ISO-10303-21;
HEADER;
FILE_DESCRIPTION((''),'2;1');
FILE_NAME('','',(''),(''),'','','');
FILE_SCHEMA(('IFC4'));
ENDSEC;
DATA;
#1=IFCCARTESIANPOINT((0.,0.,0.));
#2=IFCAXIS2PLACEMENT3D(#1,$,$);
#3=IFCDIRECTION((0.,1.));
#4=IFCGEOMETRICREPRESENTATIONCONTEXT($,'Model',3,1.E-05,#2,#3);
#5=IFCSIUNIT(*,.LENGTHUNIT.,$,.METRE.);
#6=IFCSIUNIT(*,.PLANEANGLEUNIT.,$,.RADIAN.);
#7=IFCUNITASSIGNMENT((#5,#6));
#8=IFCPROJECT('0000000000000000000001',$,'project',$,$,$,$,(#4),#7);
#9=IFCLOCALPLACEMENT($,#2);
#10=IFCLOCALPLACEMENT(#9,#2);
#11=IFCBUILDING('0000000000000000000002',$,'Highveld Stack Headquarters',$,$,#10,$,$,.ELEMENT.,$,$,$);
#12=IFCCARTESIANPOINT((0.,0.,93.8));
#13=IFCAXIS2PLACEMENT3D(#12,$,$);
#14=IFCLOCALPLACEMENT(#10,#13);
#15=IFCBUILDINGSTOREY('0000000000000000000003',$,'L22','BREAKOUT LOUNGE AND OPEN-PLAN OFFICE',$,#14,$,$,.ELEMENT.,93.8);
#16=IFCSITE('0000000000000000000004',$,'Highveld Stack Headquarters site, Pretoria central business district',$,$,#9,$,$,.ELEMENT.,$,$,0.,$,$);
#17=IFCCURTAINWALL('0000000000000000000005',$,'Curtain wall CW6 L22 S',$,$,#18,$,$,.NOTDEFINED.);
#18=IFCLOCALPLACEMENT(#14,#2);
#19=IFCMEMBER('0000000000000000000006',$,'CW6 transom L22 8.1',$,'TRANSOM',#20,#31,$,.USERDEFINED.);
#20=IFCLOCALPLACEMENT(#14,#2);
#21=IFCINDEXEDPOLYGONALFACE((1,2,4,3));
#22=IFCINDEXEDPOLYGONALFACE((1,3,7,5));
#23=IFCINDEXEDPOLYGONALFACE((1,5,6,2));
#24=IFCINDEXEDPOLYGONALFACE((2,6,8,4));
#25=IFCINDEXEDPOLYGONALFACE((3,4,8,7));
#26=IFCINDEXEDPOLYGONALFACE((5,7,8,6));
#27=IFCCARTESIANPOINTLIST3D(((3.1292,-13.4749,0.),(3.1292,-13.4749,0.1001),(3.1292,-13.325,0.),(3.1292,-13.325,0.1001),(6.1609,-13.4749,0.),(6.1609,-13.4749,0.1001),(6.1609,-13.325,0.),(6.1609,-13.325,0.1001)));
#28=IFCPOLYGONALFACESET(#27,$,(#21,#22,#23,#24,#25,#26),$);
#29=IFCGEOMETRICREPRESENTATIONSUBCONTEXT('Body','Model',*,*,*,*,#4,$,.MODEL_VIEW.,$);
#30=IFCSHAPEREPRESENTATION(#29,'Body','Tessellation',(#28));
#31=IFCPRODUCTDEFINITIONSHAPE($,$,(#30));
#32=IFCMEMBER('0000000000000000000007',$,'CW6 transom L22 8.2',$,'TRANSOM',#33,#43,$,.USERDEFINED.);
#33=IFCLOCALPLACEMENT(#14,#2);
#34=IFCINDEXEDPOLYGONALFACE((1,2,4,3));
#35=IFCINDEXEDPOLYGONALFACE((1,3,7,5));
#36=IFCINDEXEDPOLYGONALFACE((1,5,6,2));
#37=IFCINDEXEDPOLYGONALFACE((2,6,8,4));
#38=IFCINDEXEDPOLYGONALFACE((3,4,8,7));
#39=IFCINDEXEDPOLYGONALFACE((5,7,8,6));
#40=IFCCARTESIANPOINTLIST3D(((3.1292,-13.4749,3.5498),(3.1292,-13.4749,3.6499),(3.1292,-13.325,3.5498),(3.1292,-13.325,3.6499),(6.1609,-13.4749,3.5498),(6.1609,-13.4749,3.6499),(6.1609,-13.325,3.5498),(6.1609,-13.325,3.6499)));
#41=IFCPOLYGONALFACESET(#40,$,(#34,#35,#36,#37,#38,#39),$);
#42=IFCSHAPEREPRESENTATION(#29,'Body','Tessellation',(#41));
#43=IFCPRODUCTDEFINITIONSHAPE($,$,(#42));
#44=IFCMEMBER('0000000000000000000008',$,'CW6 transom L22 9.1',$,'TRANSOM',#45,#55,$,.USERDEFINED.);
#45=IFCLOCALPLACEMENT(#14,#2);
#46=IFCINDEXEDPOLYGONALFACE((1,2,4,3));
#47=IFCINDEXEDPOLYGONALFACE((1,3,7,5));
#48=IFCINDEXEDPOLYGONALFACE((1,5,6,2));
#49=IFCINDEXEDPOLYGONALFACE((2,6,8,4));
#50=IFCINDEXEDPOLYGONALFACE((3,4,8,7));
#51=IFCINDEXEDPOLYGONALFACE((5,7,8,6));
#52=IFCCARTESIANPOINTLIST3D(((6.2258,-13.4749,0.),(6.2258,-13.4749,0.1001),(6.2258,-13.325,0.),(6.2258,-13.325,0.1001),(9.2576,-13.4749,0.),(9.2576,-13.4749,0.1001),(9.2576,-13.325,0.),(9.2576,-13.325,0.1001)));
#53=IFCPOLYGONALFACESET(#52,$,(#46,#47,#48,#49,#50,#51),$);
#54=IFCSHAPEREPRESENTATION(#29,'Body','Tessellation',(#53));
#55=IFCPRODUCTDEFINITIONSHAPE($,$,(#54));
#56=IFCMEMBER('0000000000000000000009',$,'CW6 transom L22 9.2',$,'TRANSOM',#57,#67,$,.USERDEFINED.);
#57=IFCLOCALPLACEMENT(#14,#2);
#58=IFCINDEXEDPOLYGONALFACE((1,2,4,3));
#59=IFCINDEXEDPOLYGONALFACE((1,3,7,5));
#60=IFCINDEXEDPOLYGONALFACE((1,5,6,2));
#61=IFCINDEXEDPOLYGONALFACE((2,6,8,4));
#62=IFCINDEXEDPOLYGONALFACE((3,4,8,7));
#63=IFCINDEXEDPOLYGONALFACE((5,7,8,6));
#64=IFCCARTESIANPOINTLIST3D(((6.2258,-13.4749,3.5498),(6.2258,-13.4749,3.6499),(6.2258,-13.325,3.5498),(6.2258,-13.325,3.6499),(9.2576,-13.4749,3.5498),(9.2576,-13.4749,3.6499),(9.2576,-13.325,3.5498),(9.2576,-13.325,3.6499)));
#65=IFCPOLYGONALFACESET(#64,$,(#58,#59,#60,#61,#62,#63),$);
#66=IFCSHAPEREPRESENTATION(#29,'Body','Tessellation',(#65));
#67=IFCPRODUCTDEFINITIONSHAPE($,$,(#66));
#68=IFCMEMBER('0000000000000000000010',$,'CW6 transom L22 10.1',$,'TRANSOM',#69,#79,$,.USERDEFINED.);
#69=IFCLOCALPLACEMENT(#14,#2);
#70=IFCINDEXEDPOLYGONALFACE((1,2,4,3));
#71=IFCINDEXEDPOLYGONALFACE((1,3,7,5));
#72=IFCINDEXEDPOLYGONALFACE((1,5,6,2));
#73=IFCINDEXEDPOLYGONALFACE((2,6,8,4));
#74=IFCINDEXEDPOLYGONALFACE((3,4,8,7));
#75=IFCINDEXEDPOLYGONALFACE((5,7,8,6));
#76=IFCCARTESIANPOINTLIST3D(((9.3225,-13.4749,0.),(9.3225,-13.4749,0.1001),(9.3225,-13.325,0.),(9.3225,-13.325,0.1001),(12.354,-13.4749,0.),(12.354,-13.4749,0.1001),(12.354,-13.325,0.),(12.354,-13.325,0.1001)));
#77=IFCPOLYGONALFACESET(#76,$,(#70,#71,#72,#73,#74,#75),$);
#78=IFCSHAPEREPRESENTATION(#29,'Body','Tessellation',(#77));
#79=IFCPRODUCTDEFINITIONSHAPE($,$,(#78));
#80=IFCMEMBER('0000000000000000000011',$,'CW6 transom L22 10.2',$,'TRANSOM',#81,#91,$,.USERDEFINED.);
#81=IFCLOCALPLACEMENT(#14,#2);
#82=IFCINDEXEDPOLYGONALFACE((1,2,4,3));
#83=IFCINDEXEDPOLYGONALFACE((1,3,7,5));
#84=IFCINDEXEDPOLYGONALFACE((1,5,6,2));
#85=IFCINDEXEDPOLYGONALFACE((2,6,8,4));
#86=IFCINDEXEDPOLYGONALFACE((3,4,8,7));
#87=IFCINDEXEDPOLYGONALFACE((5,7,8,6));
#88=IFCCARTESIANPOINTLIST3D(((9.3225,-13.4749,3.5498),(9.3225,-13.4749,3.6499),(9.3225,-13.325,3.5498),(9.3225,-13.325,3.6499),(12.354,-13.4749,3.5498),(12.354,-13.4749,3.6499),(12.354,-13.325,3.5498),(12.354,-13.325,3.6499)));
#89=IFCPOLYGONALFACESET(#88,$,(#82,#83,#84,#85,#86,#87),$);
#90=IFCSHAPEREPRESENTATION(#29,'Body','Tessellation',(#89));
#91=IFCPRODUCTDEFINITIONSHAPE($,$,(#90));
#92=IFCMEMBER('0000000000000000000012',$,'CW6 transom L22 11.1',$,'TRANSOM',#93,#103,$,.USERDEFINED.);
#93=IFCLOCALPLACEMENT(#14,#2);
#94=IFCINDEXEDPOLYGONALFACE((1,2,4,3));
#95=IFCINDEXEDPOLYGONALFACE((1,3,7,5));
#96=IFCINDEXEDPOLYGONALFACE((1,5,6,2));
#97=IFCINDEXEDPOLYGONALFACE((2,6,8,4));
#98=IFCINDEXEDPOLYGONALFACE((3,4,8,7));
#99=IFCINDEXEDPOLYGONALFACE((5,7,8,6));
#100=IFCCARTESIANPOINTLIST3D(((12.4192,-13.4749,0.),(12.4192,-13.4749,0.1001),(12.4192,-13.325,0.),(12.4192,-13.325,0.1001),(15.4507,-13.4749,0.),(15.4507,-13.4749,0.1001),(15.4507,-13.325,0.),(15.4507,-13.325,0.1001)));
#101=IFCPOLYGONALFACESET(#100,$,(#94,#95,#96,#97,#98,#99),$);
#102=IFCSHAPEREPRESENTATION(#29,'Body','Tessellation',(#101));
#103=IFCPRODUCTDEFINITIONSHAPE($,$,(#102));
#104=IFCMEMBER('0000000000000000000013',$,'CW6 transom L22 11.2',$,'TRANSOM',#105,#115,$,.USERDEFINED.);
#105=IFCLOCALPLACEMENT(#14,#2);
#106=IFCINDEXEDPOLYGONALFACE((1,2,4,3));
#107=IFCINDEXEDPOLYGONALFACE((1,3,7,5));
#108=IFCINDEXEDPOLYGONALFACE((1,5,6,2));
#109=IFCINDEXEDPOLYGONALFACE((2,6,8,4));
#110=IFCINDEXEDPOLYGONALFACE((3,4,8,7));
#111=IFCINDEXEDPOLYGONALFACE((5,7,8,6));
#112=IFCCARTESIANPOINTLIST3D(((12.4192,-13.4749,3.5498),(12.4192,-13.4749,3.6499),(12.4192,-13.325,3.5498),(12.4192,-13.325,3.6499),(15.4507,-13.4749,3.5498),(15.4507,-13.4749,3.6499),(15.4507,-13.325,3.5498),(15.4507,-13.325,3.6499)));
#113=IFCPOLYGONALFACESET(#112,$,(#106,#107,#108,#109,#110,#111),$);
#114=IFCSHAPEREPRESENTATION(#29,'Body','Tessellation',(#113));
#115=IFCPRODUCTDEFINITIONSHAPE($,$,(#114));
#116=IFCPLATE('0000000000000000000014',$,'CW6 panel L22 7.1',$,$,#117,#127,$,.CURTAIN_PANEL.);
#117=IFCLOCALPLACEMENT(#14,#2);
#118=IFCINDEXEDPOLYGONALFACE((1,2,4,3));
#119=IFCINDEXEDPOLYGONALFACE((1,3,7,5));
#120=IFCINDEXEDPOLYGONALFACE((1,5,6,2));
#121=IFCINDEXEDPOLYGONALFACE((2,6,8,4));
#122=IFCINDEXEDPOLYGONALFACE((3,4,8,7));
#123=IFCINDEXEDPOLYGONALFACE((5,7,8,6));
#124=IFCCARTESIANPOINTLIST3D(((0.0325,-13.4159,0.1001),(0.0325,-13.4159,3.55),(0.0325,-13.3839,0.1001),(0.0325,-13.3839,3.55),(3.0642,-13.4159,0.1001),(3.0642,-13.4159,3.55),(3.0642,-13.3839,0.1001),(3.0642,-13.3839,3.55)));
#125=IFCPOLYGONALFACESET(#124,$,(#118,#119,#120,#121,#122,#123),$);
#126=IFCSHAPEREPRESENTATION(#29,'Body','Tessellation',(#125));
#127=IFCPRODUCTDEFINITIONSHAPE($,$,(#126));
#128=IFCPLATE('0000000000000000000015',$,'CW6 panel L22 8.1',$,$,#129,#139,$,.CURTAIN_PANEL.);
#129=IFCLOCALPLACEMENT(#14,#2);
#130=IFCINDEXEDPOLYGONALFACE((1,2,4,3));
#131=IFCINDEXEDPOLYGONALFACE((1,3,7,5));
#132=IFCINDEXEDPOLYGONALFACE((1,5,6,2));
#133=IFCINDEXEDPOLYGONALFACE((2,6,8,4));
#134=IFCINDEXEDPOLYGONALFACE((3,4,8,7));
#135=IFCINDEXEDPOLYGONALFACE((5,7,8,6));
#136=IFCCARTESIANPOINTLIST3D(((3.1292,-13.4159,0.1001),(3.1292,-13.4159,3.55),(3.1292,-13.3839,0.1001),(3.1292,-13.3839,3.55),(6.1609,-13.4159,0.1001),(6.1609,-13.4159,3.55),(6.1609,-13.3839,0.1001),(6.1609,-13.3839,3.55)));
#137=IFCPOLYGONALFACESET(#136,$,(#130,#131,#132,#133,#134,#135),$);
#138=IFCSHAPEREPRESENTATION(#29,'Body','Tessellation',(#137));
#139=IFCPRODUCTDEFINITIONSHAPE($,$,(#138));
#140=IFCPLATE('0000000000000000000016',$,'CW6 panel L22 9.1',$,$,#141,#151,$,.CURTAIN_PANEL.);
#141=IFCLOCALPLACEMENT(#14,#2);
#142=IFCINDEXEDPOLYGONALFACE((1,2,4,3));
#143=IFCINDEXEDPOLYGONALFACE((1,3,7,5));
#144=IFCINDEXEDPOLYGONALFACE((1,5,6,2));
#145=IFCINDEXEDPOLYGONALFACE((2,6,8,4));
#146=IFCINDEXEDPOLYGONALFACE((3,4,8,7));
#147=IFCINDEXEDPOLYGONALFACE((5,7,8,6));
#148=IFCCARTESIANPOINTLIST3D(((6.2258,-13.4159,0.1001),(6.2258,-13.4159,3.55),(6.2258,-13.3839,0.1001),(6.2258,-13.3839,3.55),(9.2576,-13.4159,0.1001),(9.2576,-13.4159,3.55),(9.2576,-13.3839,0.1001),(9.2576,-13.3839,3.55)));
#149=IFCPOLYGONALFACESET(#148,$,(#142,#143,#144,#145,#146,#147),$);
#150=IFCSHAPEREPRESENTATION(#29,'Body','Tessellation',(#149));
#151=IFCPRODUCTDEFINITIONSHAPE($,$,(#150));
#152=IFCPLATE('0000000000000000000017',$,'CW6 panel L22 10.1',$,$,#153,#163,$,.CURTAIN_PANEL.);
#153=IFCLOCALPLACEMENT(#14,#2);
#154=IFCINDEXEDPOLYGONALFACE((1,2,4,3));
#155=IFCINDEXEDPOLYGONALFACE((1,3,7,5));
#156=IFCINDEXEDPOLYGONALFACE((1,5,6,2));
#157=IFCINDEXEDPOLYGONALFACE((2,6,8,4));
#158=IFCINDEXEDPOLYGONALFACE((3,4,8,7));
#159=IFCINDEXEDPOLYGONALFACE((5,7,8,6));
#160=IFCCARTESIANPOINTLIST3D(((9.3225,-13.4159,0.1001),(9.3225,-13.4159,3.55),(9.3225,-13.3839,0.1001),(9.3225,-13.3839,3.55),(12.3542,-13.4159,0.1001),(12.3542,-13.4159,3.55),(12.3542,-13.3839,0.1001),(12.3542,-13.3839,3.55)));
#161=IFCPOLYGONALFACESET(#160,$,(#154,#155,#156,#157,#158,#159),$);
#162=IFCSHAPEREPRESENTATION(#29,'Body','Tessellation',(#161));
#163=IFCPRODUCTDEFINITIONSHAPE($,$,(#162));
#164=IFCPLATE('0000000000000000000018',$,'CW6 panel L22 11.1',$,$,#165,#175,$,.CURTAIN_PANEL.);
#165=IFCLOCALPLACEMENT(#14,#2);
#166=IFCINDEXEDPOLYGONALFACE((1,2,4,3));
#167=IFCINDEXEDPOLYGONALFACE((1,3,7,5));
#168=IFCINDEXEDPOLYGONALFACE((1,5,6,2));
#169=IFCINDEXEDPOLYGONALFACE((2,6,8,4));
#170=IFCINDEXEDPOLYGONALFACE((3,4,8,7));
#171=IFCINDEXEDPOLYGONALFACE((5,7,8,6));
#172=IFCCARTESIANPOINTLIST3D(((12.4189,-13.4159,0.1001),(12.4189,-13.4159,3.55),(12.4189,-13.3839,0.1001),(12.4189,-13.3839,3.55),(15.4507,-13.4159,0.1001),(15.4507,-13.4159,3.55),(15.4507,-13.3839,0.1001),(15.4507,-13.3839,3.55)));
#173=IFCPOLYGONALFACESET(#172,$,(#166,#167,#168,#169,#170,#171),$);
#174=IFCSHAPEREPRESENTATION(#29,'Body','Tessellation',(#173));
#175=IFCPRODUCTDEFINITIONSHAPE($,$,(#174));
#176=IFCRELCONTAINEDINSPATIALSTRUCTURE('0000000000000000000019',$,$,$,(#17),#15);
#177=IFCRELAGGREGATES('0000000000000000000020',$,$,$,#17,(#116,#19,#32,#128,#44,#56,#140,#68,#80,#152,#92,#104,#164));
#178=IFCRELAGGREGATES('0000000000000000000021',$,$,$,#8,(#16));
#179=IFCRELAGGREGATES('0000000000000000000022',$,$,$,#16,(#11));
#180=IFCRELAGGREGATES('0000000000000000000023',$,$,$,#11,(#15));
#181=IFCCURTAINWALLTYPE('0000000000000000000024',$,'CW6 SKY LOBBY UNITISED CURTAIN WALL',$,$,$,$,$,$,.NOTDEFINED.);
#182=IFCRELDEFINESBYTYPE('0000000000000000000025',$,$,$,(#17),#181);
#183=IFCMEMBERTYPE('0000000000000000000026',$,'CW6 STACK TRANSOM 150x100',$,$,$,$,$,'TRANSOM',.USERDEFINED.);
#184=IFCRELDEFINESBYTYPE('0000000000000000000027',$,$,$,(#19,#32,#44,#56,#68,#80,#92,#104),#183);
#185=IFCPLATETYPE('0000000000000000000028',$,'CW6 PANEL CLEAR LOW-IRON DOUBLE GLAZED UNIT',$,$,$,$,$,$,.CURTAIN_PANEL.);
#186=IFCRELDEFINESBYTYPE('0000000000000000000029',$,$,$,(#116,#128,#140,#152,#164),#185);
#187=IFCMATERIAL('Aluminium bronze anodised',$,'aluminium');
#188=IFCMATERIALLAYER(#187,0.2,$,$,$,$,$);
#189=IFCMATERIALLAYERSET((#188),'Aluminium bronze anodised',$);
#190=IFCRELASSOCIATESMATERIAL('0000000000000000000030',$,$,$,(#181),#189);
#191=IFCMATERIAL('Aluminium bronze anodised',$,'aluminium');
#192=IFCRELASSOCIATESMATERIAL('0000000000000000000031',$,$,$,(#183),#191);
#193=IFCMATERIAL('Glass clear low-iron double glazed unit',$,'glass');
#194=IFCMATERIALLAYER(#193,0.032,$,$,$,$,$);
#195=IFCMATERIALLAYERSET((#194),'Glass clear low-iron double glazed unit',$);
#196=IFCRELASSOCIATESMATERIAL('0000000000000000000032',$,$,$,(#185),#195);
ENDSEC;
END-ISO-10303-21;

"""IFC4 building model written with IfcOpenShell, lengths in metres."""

from ifc_helpers import new_model, si_unit, direction, frame, origin, origin_2d, place, context, subcontext, project, spatial, rectangle, extrude, material, layer, layer_set, material_profile, profile_set, type_object, element, aggregate, save


model = new_model("IFC4")

# Units and contexts
model_context = context("Model", 3, precision=1e-05, world=origin(), true_north=direction((0.0, 1.0)))
body_context = subcontext(model_context, "Body", "Model", "MODEL_VIEW")
ifc_project = project(units=[si_unit("LENGTHUNIT", "METRE"), si_unit("PLANEANGLEUNIT", "RADIAN")], contexts=[model_context])

# Site, building, storey
site_placement = place(None, origin())
site = spatial("IfcSite", under=ifc_project, at=site_placement, Name="Highveld Stack Headquarters site, Pretoria central business district", CompositionType="ELEMENT", RefElevation=0.0)
building_placement = place(site_placement, origin())
building = spatial("IfcBuilding", under=site, at=building_placement, Name="Highveld Stack Headquarters", CompositionType="ELEMENT")
storey_placement = place(building_placement, frame((0.0, 0.0, 93.8)))
storey = spatial("IfcBuildingStorey", under=building, at=storey_placement, Name="L22", Description="BREAKOUT LOUNGE AND OPEN-PLAN OFFICE", CompositionType="ELEMENT", Elevation=93.8)

# Curtain wall, members, plates
ifc_material_1 = material(Name="Aluminium bronze anodised", Category="aluminium")
ifc_layer_1 = layer(ifc_material_1, 0.2)
ifc_layer_set_1 = layer_set([ifc_layer_1], Name="Aluminium bronze anodised")
curtain_wall_type = type_object("IfcCurtainWallType", Name="CW6 SKY LOBBY UNITISED CURTAIN WALL", PredefinedType="NOTDEFINED", material=ifc_layer_set_1)
curtain_wall_placement = place(storey_placement, origin())
curtain_wall = element("IfcCurtainWall", 1, at=curtain_wall_placement, inside=storey, type_object=curtain_wall_type, Name="Curtain wall CW6 L22 S", PredefinedType="NOTDEFINED")
ifc_material_2 = material(Name="Aluminium bronze anodised", Category="aluminium")
ifc_material_profile_1 = material_profile(ifc_material_2, rectangle(XDim=0.1499, YDim=0.1001, at=origin_2d()), Name="CW6 TRANSOM 150x100")
ifc_profile_set_1 = profile_set([ifc_material_profile_1], Name="Aluminium bronze anodised")
member_type_1 = type_object("IfcMemberType", Name="CW6 STACK TRANSOM 150x100", ElementType="TRANSOM", PredefinedType="USERDEFINED", material=ifc_profile_set_1)
member_1_placement = place(storey_placement, frame((3.1292, -13.3999, 0.05), z_axis=(1.0, 0.0, 0.0), x_axis=(0.0, 1.0, 0.0)))
member_1 = element("IfcMember", 2, at=member_1_placement, type_object=member_type_1, Name="CW6 transom L22 8.1", ObjectType="TRANSOM", PredefinedType="USERDEFINED", context=body_context, shape_type="SweptSolid", body=[
    extrude(rectangle(XDim=0.1499, YDim=0.1001, at=origin_2d()), origin(), (0.0, 0.0, 1.0), 3.0317),
])
member_2_placement = place(storey_placement, frame((3.1292, -13.3999, 3.5999), z_axis=(1.0, 0.0, 0.0), x_axis=(0.0, 1.0, 0.0)))
member_2 = element("IfcMember", 3, at=member_2_placement, type_object=member_type_1, Name="CW6 transom L22 8.2", ObjectType="TRANSOM", PredefinedType="USERDEFINED", context=body_context, shape_type="SweptSolid", body=[
    extrude(rectangle(XDim=0.1499, YDim=0.1001, at=origin_2d()), origin(), (0.0, 0.0, 1.0), 3.0317),
])
member_3_placement = place(storey_placement, frame((6.2258, -13.3999, 0.05), z_axis=(1.0, 0.0, 0.0), x_axis=(0.0, 1.0, 0.0)))
member_3 = element("IfcMember", 4, at=member_3_placement, type_object=member_type_1, Name="CW6 transom L22 9.1", ObjectType="TRANSOM", PredefinedType="USERDEFINED", context=body_context, shape_type="SweptSolid", body=[
    extrude(rectangle(XDim=0.1499, YDim=0.1001, at=origin_2d()), origin(), (0.0, 0.0, 1.0), 3.0317),
])
member_4_placement = place(storey_placement, frame((6.2258, -13.3999, 3.5999), z_axis=(1.0, 0.0, 0.0), x_axis=(0.0, 1.0, 0.0)))
member_4 = element("IfcMember", 5, at=member_4_placement, type_object=member_type_1, Name="CW6 transom L22 9.2", ObjectType="TRANSOM", PredefinedType="USERDEFINED", context=body_context, shape_type="SweptSolid", body=[
    extrude(rectangle(XDim=0.1499, YDim=0.1001, at=origin_2d()), origin(), (0.0, 0.0, 1.0), 3.0317),
])
member_5_placement = place(storey_placement, frame((9.3225, -13.3999, 0.05), z_axis=(1.0, 0.0, 0.0), x_axis=(0.0, 1.0, 0.0)))
member_5 = element("IfcMember", 6, at=member_5_placement, type_object=member_type_1, Name="CW6 transom L22 10.1", ObjectType="TRANSOM", PredefinedType="USERDEFINED", context=body_context, shape_type="SweptSolid", body=[
    extrude(rectangle(XDim=0.1499, YDim=0.1001, at=origin_2d()), origin(), (0.0, 0.0, 1.0), 3.0315),
])
member_6_placement = place(storey_placement, frame((9.3225, -13.3999, 3.5999), z_axis=(1.0, 0.0, 0.0), x_axis=(0.0, 1.0, 0.0)))
member_6 = element("IfcMember", 7, at=member_6_placement, type_object=member_type_1, Name="CW6 transom L22 10.2", ObjectType="TRANSOM", PredefinedType="USERDEFINED", context=body_context, shape_type="SweptSolid", body=[
    extrude(rectangle(XDim=0.1499, YDim=0.1001, at=origin_2d()), origin(), (0.0, 0.0, 1.0), 3.0315),
])
member_7_placement = place(storey_placement, frame((12.4192, -13.3999, 0.05), z_axis=(1.0, 0.0, 0.0), x_axis=(0.0, 1.0, 0.0)))
member_7 = element("IfcMember", 8, at=member_7_placement, type_object=member_type_1, Name="CW6 transom L22 11.1", ObjectType="TRANSOM", PredefinedType="USERDEFINED", context=body_context, shape_type="SweptSolid", body=[
    extrude(rectangle(XDim=0.1499, YDim=0.1001, at=origin_2d()), origin(), (0.0, 0.0, 1.0), 3.0315),
])
member_8_placement = place(storey_placement, frame((12.4192, -13.3999, 3.5999), z_axis=(1.0, 0.0, 0.0), x_axis=(0.0, 1.0, 0.0)))
member_8 = element("IfcMember", 9, at=member_8_placement, type_object=member_type_1, Name="CW6 transom L22 11.2", ObjectType="TRANSOM", PredefinedType="USERDEFINED", context=body_context, shape_type="SweptSolid", body=[
    extrude(rectangle(XDim=0.1499, YDim=0.1001, at=origin_2d()), origin(), (0.0, 0.0, 1.0), 3.0315),
])
ifc_material_3 = material(Name="Glass clear low-iron double glazed unit", Category="glass")
ifc_layer_2 = layer(ifc_material_3, 0.032)
ifc_layer_set_2 = layer_set([ifc_layer_2], Name="Glass clear low-iron double glazed unit")
plate_type = type_object("IfcPlateType", Name="CW6 PANEL CLEAR LOW-IRON DOUBLE GLAZED UNIT", PredefinedType="CURTAIN_PANEL", material=ifc_layer_set_2)
plate_1_placement = place(storey_placement, frame((1.5483, -13.3999, 0.1001), z_axis=(0.0, 0.0, 1.0), x_axis=(1.0, 0.0, 0.0)))
plate_1 = element("IfcPlate", 10, at=plate_1_placement, type_object=plate_type, Name="CW6 panel L22 7.1", PredefinedType="CURTAIN_PANEL", context=body_context, shape_type="SweptSolid", body=[
    extrude(rectangle(XDim=3.0317, YDim=0.032, at=origin_2d()), origin(), (0.0, 0.0, 1.0), 3.45),
])
plate_2_placement = place(storey_placement, frame((4.645, -13.3999, 0.1001), z_axis=(0.0, 0.0, 1.0), x_axis=(1.0, 0.0, 0.0)))
plate_2 = element("IfcPlate", 11, at=plate_2_placement, type_object=plate_type, Name="CW6 panel L22 8.1", PredefinedType="CURTAIN_PANEL", context=body_context, shape_type="SweptSolid", body=[
    extrude(rectangle(XDim=3.0317, YDim=0.032, at=origin_2d()), origin(), (0.0, 0.0, 1.0), 3.45),
])
plate_3_placement = place(storey_placement, frame((7.7417, -13.3999, 0.1001), z_axis=(0.0, 0.0, 1.0), x_axis=(1.0, 0.0, 0.0)))
plate_3 = element("IfcPlate", 12, at=plate_3_placement, type_object=plate_type, Name="CW6 panel L22 9.1", PredefinedType="CURTAIN_PANEL", context=body_context, shape_type="SweptSolid", body=[
    extrude(rectangle(XDim=3.0317, YDim=0.032, at=origin_2d()), origin(), (0.0, 0.0, 1.0), 3.45),
])
plate_4_placement = place(storey_placement, frame((10.8384, -13.3999, 0.1001), z_axis=(0.0, 0.0, 1.0), x_axis=(1.0, 0.0, 0.0)))
plate_4 = element("IfcPlate", 13, at=plate_4_placement, type_object=plate_type, Name="CW6 panel L22 10.1", PredefinedType="CURTAIN_PANEL", context=body_context, shape_type="SweptSolid", body=[
    extrude(rectangle(XDim=3.0317, YDim=0.032, at=origin_2d()), origin(), (0.0, 0.0, 1.0), 3.45),
])
plate_5_placement = place(storey_placement, frame((13.9348, -13.3999, 0.1001), z_axis=(0.0, 0.0, 1.0), x_axis=(1.0, 0.0, 0.0)))
plate_5 = element("IfcPlate", 14, at=plate_5_placement, type_object=plate_type, Name="CW6 panel L22 11.1", PredefinedType="CURTAIN_PANEL", context=body_context, shape_type="SweptSolid", body=[
    extrude(rectangle(XDim=3.0317, YDim=0.032, at=origin_2d()), origin(), (0.0, 0.0, 1.0), 3.45),
])
aggregate(curtain_wall, [plate_1, member_1, member_2, plate_2, member_3, member_4, plate_3, member_5, member_6, plate_4, member_7, member_8, plate_5])

save(model, "model.ifc")
